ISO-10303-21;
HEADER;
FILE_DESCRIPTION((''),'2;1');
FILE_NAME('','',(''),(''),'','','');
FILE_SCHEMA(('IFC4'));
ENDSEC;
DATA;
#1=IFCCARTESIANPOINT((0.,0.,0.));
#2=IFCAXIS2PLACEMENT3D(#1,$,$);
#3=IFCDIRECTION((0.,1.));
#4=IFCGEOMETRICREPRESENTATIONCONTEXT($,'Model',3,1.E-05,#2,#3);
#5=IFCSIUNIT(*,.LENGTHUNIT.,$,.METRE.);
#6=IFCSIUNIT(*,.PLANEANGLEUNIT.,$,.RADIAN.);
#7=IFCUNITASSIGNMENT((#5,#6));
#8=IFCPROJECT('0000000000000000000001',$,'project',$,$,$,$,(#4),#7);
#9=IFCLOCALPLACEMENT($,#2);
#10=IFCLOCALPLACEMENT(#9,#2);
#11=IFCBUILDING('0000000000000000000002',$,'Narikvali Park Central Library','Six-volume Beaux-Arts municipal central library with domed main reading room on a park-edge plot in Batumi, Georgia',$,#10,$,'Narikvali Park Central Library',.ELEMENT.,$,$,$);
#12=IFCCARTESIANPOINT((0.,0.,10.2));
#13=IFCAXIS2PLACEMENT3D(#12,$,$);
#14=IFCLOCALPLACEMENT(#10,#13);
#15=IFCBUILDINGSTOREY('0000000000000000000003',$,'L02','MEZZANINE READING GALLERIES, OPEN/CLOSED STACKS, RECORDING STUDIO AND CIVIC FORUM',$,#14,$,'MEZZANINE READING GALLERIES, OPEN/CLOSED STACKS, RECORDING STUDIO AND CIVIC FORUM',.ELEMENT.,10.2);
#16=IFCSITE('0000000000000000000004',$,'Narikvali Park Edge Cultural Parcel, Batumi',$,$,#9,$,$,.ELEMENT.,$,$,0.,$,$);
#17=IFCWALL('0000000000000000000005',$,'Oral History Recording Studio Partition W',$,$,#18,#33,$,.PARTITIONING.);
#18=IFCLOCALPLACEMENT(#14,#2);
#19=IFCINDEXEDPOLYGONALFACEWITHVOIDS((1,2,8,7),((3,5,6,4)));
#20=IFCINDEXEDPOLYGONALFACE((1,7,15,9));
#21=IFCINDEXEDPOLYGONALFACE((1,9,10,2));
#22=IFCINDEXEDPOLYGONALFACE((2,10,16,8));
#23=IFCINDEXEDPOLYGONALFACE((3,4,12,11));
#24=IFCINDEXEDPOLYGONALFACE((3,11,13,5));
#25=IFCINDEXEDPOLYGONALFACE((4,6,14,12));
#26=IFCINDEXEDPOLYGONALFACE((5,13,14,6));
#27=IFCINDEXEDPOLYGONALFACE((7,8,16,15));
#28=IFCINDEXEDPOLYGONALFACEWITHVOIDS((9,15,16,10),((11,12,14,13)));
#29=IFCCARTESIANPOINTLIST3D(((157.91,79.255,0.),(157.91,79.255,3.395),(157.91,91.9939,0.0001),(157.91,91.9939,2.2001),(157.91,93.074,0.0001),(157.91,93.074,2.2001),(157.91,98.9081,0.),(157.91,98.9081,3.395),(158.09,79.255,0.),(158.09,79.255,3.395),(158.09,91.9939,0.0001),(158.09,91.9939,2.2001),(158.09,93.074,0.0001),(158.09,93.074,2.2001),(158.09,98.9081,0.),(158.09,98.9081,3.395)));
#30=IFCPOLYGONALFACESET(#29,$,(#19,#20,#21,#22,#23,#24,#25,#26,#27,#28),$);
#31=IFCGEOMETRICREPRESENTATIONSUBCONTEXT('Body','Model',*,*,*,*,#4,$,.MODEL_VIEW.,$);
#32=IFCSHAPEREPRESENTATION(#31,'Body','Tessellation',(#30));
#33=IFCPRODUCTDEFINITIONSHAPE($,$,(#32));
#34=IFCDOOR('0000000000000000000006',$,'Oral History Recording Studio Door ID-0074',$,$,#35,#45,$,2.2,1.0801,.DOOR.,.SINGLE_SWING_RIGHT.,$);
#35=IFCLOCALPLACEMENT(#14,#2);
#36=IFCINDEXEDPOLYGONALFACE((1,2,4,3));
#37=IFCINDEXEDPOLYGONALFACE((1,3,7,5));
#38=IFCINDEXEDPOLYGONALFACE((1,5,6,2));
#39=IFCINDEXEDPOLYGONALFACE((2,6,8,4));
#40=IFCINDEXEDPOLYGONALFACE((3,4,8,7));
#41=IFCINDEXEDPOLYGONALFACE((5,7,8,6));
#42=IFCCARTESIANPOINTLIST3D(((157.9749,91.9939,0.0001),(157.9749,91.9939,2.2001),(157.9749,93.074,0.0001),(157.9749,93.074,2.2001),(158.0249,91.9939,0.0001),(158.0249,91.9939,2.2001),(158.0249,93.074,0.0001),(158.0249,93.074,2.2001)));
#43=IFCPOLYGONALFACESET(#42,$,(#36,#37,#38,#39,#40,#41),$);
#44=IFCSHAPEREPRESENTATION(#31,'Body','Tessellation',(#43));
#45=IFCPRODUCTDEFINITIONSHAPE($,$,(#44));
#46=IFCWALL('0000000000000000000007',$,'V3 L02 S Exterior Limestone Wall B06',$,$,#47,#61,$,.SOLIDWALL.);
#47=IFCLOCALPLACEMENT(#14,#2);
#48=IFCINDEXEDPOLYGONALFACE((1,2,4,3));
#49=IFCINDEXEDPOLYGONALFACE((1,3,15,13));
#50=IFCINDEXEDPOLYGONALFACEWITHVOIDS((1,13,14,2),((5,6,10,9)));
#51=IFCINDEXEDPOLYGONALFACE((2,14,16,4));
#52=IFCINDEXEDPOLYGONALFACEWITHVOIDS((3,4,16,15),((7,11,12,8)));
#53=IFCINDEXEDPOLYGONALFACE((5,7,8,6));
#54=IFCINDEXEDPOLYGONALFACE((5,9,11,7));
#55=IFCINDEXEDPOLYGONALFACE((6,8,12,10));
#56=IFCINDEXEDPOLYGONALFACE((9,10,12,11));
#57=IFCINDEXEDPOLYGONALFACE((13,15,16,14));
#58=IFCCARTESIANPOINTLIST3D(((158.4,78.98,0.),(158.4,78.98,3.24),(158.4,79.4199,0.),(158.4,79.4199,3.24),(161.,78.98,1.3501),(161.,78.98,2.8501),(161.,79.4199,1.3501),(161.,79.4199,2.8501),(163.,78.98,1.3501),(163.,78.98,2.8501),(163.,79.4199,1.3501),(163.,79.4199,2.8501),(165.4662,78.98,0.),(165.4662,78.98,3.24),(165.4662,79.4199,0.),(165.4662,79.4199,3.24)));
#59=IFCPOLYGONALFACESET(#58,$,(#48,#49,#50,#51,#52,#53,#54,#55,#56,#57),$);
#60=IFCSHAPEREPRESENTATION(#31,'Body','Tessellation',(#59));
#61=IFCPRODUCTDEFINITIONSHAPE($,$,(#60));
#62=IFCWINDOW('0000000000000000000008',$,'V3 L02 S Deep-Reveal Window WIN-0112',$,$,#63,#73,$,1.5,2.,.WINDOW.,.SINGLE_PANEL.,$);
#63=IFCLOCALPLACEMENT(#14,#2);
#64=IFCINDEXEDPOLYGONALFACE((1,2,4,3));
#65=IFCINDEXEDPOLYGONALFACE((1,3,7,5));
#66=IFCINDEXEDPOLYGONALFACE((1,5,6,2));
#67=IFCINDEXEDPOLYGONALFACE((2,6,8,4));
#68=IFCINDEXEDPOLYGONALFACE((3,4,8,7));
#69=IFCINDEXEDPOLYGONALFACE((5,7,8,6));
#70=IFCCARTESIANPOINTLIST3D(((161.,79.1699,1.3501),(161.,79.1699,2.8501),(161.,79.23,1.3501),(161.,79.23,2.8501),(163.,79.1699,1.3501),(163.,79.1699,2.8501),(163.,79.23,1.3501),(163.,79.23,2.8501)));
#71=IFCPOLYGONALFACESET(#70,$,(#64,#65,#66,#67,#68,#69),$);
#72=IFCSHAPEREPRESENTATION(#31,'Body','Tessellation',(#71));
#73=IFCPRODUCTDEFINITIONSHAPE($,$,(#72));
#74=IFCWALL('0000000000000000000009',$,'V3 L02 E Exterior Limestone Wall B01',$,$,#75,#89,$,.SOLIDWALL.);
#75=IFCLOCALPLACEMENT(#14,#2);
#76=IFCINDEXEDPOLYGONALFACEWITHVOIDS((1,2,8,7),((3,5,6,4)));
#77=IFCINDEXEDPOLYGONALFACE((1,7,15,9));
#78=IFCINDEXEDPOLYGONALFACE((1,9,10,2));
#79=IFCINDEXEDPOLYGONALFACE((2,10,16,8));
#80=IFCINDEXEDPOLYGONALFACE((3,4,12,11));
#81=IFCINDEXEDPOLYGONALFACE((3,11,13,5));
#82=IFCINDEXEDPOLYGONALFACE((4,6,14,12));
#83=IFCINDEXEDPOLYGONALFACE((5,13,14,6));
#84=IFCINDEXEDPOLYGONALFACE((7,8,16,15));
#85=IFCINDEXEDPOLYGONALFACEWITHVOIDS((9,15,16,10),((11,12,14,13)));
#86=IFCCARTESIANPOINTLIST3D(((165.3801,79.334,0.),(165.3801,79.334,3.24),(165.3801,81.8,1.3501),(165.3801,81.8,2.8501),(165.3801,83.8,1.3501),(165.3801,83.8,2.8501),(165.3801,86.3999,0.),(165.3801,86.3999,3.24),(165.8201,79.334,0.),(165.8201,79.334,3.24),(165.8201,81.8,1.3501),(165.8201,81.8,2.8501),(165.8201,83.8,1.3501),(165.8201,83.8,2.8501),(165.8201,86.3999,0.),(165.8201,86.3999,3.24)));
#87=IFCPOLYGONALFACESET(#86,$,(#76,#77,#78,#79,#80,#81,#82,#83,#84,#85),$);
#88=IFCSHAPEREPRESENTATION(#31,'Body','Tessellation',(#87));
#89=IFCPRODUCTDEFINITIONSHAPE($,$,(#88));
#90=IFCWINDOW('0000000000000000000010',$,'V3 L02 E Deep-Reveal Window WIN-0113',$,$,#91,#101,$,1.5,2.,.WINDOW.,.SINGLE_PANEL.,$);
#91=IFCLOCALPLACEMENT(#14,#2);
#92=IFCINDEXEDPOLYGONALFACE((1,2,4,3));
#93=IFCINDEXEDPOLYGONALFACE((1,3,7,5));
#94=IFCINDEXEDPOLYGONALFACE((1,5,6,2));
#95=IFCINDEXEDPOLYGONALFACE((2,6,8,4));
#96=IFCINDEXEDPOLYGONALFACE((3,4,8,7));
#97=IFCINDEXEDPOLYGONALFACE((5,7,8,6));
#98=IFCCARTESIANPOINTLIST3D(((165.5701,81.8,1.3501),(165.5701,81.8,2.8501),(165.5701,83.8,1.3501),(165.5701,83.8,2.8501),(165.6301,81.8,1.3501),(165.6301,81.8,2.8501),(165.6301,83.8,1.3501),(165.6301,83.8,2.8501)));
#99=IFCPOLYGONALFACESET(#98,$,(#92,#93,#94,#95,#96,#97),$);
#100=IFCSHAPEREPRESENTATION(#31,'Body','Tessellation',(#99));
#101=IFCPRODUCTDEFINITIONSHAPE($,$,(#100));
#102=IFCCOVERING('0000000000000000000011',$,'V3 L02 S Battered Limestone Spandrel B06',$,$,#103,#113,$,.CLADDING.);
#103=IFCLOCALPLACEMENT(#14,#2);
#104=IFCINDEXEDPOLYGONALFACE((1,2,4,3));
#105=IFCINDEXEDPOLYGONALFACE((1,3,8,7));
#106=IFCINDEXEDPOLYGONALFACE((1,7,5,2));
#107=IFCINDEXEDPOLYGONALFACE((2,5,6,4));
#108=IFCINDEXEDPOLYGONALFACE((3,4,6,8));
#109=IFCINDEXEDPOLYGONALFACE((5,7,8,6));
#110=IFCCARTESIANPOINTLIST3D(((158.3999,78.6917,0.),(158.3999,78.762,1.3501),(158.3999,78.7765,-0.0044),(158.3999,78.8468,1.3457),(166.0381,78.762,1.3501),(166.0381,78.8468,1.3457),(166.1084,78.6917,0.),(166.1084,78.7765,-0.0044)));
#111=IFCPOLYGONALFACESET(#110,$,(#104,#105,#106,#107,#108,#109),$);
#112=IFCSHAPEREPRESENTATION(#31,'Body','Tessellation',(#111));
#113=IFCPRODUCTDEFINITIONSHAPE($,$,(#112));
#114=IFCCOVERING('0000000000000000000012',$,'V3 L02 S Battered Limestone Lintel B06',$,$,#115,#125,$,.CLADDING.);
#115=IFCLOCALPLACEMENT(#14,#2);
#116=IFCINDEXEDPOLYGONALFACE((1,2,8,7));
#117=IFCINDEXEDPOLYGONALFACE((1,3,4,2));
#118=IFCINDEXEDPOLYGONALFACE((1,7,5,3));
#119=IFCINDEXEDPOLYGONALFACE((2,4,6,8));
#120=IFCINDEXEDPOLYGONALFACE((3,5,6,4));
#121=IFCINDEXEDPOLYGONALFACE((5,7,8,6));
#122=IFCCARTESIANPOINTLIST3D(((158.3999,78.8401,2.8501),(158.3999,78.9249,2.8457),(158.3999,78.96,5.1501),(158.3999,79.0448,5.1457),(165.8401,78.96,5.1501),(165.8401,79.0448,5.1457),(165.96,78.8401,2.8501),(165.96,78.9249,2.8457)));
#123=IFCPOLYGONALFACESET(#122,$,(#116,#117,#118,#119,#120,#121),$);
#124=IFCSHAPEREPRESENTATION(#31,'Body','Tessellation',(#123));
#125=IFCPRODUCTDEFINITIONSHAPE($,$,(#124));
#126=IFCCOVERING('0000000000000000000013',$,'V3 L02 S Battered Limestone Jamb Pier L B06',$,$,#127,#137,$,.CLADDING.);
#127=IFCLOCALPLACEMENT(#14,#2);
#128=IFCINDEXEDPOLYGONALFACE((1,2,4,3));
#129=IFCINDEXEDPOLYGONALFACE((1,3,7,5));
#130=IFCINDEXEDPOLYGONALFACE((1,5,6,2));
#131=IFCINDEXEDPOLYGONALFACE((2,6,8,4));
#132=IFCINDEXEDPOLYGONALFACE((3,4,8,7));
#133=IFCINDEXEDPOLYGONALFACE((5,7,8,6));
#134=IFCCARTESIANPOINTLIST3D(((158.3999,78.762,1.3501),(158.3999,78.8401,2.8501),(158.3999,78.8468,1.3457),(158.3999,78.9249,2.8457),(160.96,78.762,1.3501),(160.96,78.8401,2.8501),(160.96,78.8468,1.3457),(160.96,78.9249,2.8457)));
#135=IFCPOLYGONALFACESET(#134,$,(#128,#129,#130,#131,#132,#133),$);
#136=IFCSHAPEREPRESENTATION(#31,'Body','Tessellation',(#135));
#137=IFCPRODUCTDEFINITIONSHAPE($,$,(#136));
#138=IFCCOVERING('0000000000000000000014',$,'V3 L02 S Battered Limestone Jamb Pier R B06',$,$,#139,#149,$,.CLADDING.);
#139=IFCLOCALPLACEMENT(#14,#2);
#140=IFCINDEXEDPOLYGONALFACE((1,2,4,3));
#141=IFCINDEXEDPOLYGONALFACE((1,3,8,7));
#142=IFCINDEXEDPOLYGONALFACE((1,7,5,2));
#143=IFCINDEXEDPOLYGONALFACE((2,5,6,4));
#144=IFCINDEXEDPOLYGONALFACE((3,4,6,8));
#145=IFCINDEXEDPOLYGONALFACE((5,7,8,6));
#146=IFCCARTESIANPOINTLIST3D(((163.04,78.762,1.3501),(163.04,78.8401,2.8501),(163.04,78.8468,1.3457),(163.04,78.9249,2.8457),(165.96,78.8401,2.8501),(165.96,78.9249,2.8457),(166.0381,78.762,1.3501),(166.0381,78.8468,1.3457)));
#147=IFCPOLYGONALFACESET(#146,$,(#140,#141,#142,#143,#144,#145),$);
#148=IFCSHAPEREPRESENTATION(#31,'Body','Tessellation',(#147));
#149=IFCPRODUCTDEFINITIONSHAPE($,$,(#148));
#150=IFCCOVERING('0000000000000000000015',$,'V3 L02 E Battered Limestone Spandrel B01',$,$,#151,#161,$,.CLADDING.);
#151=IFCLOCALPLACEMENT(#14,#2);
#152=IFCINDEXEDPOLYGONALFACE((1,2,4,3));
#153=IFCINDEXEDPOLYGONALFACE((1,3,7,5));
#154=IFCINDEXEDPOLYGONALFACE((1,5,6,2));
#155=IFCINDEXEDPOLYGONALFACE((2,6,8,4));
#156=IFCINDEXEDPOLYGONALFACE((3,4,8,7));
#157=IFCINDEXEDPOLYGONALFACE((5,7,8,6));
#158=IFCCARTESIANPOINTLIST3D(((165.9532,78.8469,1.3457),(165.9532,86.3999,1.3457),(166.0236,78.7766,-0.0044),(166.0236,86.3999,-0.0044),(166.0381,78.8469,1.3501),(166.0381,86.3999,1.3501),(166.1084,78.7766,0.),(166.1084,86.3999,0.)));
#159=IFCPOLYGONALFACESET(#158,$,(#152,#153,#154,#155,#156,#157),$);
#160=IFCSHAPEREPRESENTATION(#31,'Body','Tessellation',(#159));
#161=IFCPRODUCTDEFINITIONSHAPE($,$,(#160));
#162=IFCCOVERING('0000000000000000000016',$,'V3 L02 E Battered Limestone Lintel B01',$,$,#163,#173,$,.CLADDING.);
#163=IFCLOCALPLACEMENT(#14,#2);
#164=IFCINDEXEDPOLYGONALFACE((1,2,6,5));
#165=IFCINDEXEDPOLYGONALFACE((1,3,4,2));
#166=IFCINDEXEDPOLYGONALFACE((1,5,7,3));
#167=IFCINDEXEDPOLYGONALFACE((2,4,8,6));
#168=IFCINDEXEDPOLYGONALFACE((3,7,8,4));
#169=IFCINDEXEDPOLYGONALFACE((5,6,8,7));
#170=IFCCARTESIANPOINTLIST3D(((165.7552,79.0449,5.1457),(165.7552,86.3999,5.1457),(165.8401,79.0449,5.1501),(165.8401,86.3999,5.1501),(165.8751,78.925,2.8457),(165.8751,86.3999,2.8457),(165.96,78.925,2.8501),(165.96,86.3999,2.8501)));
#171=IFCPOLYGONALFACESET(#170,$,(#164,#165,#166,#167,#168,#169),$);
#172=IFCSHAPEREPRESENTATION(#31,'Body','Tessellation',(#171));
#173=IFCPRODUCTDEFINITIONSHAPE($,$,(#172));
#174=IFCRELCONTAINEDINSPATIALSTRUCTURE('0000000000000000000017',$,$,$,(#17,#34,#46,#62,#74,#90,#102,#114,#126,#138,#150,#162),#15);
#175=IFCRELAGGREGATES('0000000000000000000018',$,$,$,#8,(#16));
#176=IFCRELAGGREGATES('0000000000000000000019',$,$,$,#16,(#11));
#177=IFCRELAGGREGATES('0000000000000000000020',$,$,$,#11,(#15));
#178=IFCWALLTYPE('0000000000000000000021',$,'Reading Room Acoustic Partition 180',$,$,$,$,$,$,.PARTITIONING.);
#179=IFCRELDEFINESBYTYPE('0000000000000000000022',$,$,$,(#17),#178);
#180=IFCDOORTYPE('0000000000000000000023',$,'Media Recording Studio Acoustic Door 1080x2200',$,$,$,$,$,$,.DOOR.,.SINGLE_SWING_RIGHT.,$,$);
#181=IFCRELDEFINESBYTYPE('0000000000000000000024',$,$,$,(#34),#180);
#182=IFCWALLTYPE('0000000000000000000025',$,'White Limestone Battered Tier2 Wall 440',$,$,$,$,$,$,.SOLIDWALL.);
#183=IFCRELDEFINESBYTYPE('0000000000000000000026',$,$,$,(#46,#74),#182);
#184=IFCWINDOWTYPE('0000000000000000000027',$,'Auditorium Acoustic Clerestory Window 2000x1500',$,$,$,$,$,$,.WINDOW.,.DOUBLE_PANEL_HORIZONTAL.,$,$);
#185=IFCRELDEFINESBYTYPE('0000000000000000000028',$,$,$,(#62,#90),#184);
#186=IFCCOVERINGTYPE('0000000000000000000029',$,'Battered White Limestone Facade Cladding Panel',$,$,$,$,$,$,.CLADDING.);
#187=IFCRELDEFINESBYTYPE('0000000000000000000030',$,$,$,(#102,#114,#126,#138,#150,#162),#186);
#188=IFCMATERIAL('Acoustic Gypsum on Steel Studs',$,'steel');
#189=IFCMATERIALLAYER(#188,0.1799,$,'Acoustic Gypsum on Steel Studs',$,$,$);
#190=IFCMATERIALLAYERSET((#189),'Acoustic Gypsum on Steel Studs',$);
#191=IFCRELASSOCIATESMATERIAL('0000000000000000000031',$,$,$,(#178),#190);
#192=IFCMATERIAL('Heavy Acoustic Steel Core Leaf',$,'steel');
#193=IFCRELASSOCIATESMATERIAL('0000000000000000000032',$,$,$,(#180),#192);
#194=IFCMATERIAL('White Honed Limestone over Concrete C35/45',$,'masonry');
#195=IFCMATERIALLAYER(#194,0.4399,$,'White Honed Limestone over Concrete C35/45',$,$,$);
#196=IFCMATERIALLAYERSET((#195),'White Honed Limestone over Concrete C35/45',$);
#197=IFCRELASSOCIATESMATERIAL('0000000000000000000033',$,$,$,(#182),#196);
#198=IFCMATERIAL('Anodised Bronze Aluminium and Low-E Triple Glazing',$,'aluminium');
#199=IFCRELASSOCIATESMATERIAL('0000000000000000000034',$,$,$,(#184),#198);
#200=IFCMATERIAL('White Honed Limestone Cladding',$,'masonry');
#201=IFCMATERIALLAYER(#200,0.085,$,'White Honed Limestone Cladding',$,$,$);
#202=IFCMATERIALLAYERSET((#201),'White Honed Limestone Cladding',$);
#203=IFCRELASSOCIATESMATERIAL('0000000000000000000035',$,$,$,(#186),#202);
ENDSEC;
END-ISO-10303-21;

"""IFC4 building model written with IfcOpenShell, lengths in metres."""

from ifc_helpers import new_model, si_unit, direction, frame, frame_2d, origin, place, context, subcontext, project, spatial, polyline, rectangle, outline, extrude, material, layer, layer_set, type_object, element, fill, save


model = new_model("IFC4")

# Units and contexts
model_context = context("Model", 3, precision=1e-05, world=origin(), true_north=direction((0.0, 1.0)))
body_context = subcontext(model_context, "Body", "Model", "MODEL_VIEW")
ifc_project = project(units=[si_unit("LENGTHUNIT", "METRE"), si_unit("PLANEANGLEUNIT", "RADIAN")], contexts=[model_context])

# Site, building, storey
site_placement = place(None, origin())
site = spatial("IfcSite", under=ifc_project, at=site_placement, Name="Narikvali Park Edge Cultural Parcel, Batumi", CompositionType="ELEMENT", RefElevation=0.0)
building_placement = place(site_placement, origin())
building = spatial("IfcBuilding", under=site, at=building_placement, Name="Narikvali Park Central Library", Description="Six-volume Beaux-Arts municipal central library with domed main reading room on a park-edge plot in Batumi, Georgia", LongName="Narikvali Park Central Library", CompositionType="ELEMENT")
storey_placement = place(building_placement, frame((0.0, 0.0, 10.2)))
storey = spatial("IfcBuildingStorey", under=building, at=storey_placement, Name="L02", Description="MEZZANINE READING GALLERIES, OPEN/CLOSED STACKS, RECORDING STUDIO AND CIVIC FORUM", LongName="MEZZANINE READING GALLERIES, OPEN/CLOSED STACKS, RECORDING STUDIO AND CIVIC FORUM", CompositionType="ELEMENT", Elevation=10.2)

# Wall, opening, door
ifc_material_1 = material(Name="Acoustic Gypsum on Steel Studs", Category="steel")
ifc_layer_1 = layer(ifc_material_1, 0.1799, Name="Acoustic Gypsum on Steel Studs")
ifc_layer_set_1 = layer_set([ifc_layer_1], Name="Acoustic Gypsum on Steel Studs")
wall_type_1 = type_object("IfcWallType", Name="Reading Room Acoustic Partition 180", PredefinedType="PARTITIONING", material=ifc_layer_set_1)
wall_1_placement = place(storey_placement, frame((158.0, 79.2549, 0.0), z_axis=(0.0, 0.0, 1.0), x_axis=(0.0, 1.0, 0.0)))
wall_1 = element("IfcWall", 1, at=wall_1_placement, inside=storey, type_object=wall_type_1, Name="Oral History Recording Studio Partition W", PredefinedType="PARTITIONING", context=body_context, shape_type="SweptSolid", body=[
    extrude(rectangle(XDim=19.6531, YDim=0.1799, at=frame_2d((9.8267, 0.0))), origin(), (0.0, 0.0, 1.0), 3.395),
])
opening_1_placement = place(wall_1_placement, frame((12.739, 0.0, 0.0)))
opening_1 = element("IfcOpeningElement", 2, at=opening_1_placement, cuts=wall_1, PredefinedType="OPENING", context=body_context, shape_type="SweptSolid", body=[
    extrude(rectangle(XDim=1.0801, YDim=2.2, at=frame_2d((0.54, 1.1001))), frame((0.0, 0.1021, 0.0), z_axis=(0.0, -1.0, 0.0), x_axis=(1.0, 0.0, 0.0)), (0.0, 0.0, 1.0), 0.2039),
])
ifc_material_2 = material(Name="Heavy Acoustic Steel Core Leaf", Category="steel")
door_type = type_object("IfcDoorType", Name="Media Recording Studio Acoustic Door 1080x2200", OperationType="SINGLE_SWING_RIGHT", PredefinedType="DOOR", material=ifc_material_2)
door_placement = place(opening_1_placement, frame((1.0801, 0.0, 0.0), z_axis=(0.0, 0.0, 1.0), x_axis=(-1.0, 0.0, 0.0)))
door = element("IfcDoor", 3, at=door_placement, inside=storey, type_object=door_type, Name="Oral History Recording Studio Door ID-0074", OperationType="SINGLE_SWING_RIGHT", OverallHeight=2.2, OverallWidth=1.0801, PredefinedType="DOOR", context=body_context, shape_type="SweptSolid", body=[
    extrude(rectangle(XDim=1.0801, YDim=2.2, at=frame_2d((0.54, 1.1001))), frame((0.0, 0.0249, 0.0), z_axis=(0.0, -1.0, 0.0), x_axis=(1.0, 0.0, 0.0)), (0.0, 0.0, 1.0), 0.05),
])
fill(opening_1, door)

# Walls, openings, windows
ifc_material_3 = material(Name="White Honed Limestone over Concrete C35/45", Category="masonry")
ifc_layer_2 = layer(ifc_material_3, 0.4399, Name="White Honed Limestone over Concrete C35/45")
ifc_layer_set_2 = layer_set([ifc_layer_2], Name="White Honed Limestone over Concrete C35/45")
wall_type_2 = type_object("IfcWallType", Name="White Limestone Battered Tier2 Wall 440", PredefinedType="SOLIDWALL", material=ifc_layer_set_2)
wall_2_placement = place(storey_placement, frame((158.3999, 79.2, 0.0), z_axis=(0.0, 0.0, 1.0), x_axis=(1.0, 0.0, 0.0)))
wall_2 = element("IfcWall", 4, at=wall_2_placement, inside=storey, type_object=wall_type_2, Name="V3 L02 S Exterior Limestone Wall B06", PredefinedType="SOLIDWALL", context=body_context, shape_type="SweptSolid", body=[
    extrude(rectangle(XDim=7.0662, YDim=0.4399, at=frame_2d((3.5332, 0.0))), origin(), (0.0, 0.0, 1.0), 3.24),
])
opening_2_placement = place(wall_2_placement, frame((2.6001, 0.0, 1.3501)))
opening_2 = element("IfcOpeningElement", 5, at=opening_2_placement, cuts=wall_2, PredefinedType="OPENING", context=body_context, shape_type="SweptSolid", body=[
    extrude(rectangle(XDim=2.0, YDim=1.5, at=frame_2d((1.0, 0.75))), frame((0.0, 0.2319, 0.0), z_axis=(0.0, -1.0, 0.0), x_axis=(1.0, 0.0, 0.0)), (0.0, 0.0, 1.0), 0.4639),
])
ifc_material_4 = material(Name="Anodised Bronze Aluminium and Low-E Triple Glazing", Category="aluminium")
window_type = type_object("IfcWindowType", Name="Auditorium Acoustic Clerestory Window 2000x1500", PartitioningType="DOUBLE_PANEL_HORIZONTAL", PredefinedType="WINDOW", material=ifc_material_4)
window_1_placement = place(opening_2_placement, origin())
window_1 = element("IfcWindow", 6, at=window_1_placement, inside=storey, type_object=window_type, Name="V3 L02 S Deep-Reveal Window WIN-0112", OverallHeight=1.5, OverallWidth=2.0, PartitioningType="SINGLE_PANEL", PredefinedType="WINDOW", context=body_context, shape_type="SweptSolid", body=[
    extrude(rectangle(XDim=2.0, YDim=1.5, at=frame_2d((1.0, 0.75))), frame((0.0, 0.03, 0.0), z_axis=(0.0, -1.0, 0.0), x_axis=(1.0, 0.0, 0.0)), (0.0, 0.0, 1.0), 0.0601),
])
fill(opening_2, window_1)
wall_3_placement = place(storey_placement, frame((165.6001, 79.334, 0.0), z_axis=(0.0, 0.0, 1.0), x_axis=(0.0, 1.0, 0.0)))
wall_3 = element("IfcWall", 7, at=wall_3_placement, inside=storey, type_object=wall_type_2, Name="V3 L02 E Exterior Limestone Wall B01", PredefinedType="SOLIDWALL", context=body_context, shape_type="SweptSolid", body=[
    extrude(rectangle(XDim=7.0659, YDim=0.4399, at=frame_2d((3.533, 0.0))), origin(), (0.0, 0.0, 1.0), 3.24),
])
opening_3_placement = place(wall_3_placement, frame((2.4661, 0.0, 1.3501)))
opening_3 = element("IfcOpeningElement", 8, at=opening_3_placement, cuts=wall_3, PredefinedType="OPENING", context=body_context, shape_type="SweptSolid", body=[
    extrude(rectangle(XDim=2.0, YDim=1.5, at=frame_2d((1.0, 0.75))), frame((0.0, 0.2319, 0.0), z_axis=(0.0, -1.0, 0.0), x_axis=(1.0, 0.0, 0.0)), (0.0, 0.0, 1.0), 0.4639),
])
window_2_placement = place(opening_3_placement, origin())
window_2 = element("IfcWindow", 9, at=window_2_placement, inside=storey, type_object=window_type, Name="V3 L02 E Deep-Reveal Window WIN-0113", OverallHeight=1.5, OverallWidth=2.0, PartitioningType="SINGLE_PANEL", PredefinedType="WINDOW", context=body_context, shape_type="SweptSolid", body=[
    extrude(rectangle(XDim=2.0, YDim=1.5, at=frame_2d((1.0, 0.75))), frame((0.0, 0.03, 0.0), z_axis=(0.0, -1.0, 0.0), x_axis=(1.0, 0.0, 0.0)), (0.0, 0.0, 1.0), 0.0601),
])
fill(opening_3, window_2)

# Coverings
ifc_material_5 = material(Name="White Honed Limestone Cladding", Category="masonry")
ifc_layer_3 = layer(ifc_material_5, 0.085, Name="White Honed Limestone Cladding")
ifc_layer_set_3 = layer_set([ifc_layer_3], Name="White Honed Limestone Cladding")
covering_type = type_object("IfcCoveringType", Name="Battered White Limestone Facade Cladding Panel", PredefinedType="CLADDING", material=ifc_layer_set_3)
covering_1_placement = place(storey_placement, frame((158.3999, 78.6917, 0.0), z_axis=(0.0, -0.998647, 0.052009), x_axis=(1.0, 0.0, 0.0)))
element("IfcCovering", 10, at=covering_1_placement, inside=storey, type_object=covering_type, Name="V3 L02 S Battered Limestone Spandrel B06", PredefinedType="CLADDING", context=body_context, shape_type="SweptSolid", body=[
    extrude(outline(polyline([(0.0, 0.0), (7.7085, 0.0), (7.6382, 1.3519), (0.0, 1.3519), (0.0, 0.0)])), origin(), (0.0, 0.0, -1.0), 0.085),
])
covering_2_placement = place(storey_placement, frame((158.3999, 78.8401, 2.8501), z_axis=(0.0, -0.998645, 0.052047), x_axis=(1.0, 0.0, 0.0)))
element("IfcCovering", 11, at=covering_2_placement, inside=storey, type_object=covering_type, Name="V3 L02 S Battered Limestone Lintel B06", PredefinedType="CLADDING", context=body_context, shape_type="SweptSolid", body=[
    extrude(outline(polyline([(0.0, 0.0), (7.5601, 0.0), (7.4402, 2.3032), (0.0, 2.3032), (0.0, 0.0)])), origin(), (0.0, 0.0, -1.0), 0.085),
])
covering_3_placement = place(storey_placement, frame((158.3999, 78.762, 1.3501), z_axis=(0.0, -0.998646, 0.052013), x_axis=(1.0, 0.0, 0.0)))
element("IfcCovering", 12, at=covering_3_placement, inside=storey, type_object=covering_type, Name="V3 L02 S Battered Limestone Jamb Pier L B06", PredefinedType="CLADDING", context=body_context, shape_type="SweptSolid", body=[
    extrude(outline(polyline([(0.0, 0.0), (2.5601, 0.0), (2.5601, 1.502), (0.0, 1.502), (0.0, 0.0)])), origin(), (0.0, 0.0, -1.0), 0.085),
])
covering_4_placement = place(storey_placement, frame((163.04, 78.762, 1.3501), z_axis=(0.0, -0.998646, 0.052013), x_axis=(1.0, 0.0, 0.0)))
element("IfcCovering", 13, at=covering_4_placement, inside=storey, type_object=covering_type, Name="V3 L02 S Battered Limestone Jamb Pier R B06", PredefinedType="CLADDING", context=body_context, shape_type="SweptSolid", body=[
    extrude(outline(polyline([(0.0, 0.0), (2.998, 0.0), (2.9199, 1.502), (0.0, 1.502), (0.0, 0.0)])), origin(), (0.0, 0.0, -1.0), 0.085),
])
covering_5_placement = place(storey_placement, frame((166.1084, 78.7766, 0.0), z_axis=(0.998647, 0.0, 0.052009), x_axis=(0.0, 1.0, 0.0)))
element("IfcCovering", 14, at=covering_5_placement, inside=storey, type_object=covering_type, Name="V3 L02 E Battered Limestone Spandrel B01", PredefinedType="CLADDING", context=body_context, shape_type="SweptSolid", body=[
    extrude(outline(polyline([(0.0, 0.0), (7.6233, 0.0), (7.6233, 1.3519), (0.0703, 1.3519), (0.0, 0.0)])), origin(), (0.0, 0.0, -1.0), 0.085),
])
covering_6_placement = place(storey_placement, frame((165.96, 78.925, 2.8501), z_axis=(0.998645, 0.0, 0.052047), x_axis=(0.0, 1.0, 0.0)))
element("IfcCovering", 15, at=covering_6_placement, inside=storey, type_object=covering_type, Name="V3 L02 E Battered Limestone Lintel B01", PredefinedType="CLADDING", context=body_context, shape_type="SweptSolid", body=[
    extrude(outline(polyline([(0.0, 0.0), (7.4749, 0.0), (7.4749, 2.3032), (0.1199, 2.3032), (0.0, 0.0)])), origin(), (0.0, 0.0, -1.0), 0.085),
])

save(model, "model.ifc")
